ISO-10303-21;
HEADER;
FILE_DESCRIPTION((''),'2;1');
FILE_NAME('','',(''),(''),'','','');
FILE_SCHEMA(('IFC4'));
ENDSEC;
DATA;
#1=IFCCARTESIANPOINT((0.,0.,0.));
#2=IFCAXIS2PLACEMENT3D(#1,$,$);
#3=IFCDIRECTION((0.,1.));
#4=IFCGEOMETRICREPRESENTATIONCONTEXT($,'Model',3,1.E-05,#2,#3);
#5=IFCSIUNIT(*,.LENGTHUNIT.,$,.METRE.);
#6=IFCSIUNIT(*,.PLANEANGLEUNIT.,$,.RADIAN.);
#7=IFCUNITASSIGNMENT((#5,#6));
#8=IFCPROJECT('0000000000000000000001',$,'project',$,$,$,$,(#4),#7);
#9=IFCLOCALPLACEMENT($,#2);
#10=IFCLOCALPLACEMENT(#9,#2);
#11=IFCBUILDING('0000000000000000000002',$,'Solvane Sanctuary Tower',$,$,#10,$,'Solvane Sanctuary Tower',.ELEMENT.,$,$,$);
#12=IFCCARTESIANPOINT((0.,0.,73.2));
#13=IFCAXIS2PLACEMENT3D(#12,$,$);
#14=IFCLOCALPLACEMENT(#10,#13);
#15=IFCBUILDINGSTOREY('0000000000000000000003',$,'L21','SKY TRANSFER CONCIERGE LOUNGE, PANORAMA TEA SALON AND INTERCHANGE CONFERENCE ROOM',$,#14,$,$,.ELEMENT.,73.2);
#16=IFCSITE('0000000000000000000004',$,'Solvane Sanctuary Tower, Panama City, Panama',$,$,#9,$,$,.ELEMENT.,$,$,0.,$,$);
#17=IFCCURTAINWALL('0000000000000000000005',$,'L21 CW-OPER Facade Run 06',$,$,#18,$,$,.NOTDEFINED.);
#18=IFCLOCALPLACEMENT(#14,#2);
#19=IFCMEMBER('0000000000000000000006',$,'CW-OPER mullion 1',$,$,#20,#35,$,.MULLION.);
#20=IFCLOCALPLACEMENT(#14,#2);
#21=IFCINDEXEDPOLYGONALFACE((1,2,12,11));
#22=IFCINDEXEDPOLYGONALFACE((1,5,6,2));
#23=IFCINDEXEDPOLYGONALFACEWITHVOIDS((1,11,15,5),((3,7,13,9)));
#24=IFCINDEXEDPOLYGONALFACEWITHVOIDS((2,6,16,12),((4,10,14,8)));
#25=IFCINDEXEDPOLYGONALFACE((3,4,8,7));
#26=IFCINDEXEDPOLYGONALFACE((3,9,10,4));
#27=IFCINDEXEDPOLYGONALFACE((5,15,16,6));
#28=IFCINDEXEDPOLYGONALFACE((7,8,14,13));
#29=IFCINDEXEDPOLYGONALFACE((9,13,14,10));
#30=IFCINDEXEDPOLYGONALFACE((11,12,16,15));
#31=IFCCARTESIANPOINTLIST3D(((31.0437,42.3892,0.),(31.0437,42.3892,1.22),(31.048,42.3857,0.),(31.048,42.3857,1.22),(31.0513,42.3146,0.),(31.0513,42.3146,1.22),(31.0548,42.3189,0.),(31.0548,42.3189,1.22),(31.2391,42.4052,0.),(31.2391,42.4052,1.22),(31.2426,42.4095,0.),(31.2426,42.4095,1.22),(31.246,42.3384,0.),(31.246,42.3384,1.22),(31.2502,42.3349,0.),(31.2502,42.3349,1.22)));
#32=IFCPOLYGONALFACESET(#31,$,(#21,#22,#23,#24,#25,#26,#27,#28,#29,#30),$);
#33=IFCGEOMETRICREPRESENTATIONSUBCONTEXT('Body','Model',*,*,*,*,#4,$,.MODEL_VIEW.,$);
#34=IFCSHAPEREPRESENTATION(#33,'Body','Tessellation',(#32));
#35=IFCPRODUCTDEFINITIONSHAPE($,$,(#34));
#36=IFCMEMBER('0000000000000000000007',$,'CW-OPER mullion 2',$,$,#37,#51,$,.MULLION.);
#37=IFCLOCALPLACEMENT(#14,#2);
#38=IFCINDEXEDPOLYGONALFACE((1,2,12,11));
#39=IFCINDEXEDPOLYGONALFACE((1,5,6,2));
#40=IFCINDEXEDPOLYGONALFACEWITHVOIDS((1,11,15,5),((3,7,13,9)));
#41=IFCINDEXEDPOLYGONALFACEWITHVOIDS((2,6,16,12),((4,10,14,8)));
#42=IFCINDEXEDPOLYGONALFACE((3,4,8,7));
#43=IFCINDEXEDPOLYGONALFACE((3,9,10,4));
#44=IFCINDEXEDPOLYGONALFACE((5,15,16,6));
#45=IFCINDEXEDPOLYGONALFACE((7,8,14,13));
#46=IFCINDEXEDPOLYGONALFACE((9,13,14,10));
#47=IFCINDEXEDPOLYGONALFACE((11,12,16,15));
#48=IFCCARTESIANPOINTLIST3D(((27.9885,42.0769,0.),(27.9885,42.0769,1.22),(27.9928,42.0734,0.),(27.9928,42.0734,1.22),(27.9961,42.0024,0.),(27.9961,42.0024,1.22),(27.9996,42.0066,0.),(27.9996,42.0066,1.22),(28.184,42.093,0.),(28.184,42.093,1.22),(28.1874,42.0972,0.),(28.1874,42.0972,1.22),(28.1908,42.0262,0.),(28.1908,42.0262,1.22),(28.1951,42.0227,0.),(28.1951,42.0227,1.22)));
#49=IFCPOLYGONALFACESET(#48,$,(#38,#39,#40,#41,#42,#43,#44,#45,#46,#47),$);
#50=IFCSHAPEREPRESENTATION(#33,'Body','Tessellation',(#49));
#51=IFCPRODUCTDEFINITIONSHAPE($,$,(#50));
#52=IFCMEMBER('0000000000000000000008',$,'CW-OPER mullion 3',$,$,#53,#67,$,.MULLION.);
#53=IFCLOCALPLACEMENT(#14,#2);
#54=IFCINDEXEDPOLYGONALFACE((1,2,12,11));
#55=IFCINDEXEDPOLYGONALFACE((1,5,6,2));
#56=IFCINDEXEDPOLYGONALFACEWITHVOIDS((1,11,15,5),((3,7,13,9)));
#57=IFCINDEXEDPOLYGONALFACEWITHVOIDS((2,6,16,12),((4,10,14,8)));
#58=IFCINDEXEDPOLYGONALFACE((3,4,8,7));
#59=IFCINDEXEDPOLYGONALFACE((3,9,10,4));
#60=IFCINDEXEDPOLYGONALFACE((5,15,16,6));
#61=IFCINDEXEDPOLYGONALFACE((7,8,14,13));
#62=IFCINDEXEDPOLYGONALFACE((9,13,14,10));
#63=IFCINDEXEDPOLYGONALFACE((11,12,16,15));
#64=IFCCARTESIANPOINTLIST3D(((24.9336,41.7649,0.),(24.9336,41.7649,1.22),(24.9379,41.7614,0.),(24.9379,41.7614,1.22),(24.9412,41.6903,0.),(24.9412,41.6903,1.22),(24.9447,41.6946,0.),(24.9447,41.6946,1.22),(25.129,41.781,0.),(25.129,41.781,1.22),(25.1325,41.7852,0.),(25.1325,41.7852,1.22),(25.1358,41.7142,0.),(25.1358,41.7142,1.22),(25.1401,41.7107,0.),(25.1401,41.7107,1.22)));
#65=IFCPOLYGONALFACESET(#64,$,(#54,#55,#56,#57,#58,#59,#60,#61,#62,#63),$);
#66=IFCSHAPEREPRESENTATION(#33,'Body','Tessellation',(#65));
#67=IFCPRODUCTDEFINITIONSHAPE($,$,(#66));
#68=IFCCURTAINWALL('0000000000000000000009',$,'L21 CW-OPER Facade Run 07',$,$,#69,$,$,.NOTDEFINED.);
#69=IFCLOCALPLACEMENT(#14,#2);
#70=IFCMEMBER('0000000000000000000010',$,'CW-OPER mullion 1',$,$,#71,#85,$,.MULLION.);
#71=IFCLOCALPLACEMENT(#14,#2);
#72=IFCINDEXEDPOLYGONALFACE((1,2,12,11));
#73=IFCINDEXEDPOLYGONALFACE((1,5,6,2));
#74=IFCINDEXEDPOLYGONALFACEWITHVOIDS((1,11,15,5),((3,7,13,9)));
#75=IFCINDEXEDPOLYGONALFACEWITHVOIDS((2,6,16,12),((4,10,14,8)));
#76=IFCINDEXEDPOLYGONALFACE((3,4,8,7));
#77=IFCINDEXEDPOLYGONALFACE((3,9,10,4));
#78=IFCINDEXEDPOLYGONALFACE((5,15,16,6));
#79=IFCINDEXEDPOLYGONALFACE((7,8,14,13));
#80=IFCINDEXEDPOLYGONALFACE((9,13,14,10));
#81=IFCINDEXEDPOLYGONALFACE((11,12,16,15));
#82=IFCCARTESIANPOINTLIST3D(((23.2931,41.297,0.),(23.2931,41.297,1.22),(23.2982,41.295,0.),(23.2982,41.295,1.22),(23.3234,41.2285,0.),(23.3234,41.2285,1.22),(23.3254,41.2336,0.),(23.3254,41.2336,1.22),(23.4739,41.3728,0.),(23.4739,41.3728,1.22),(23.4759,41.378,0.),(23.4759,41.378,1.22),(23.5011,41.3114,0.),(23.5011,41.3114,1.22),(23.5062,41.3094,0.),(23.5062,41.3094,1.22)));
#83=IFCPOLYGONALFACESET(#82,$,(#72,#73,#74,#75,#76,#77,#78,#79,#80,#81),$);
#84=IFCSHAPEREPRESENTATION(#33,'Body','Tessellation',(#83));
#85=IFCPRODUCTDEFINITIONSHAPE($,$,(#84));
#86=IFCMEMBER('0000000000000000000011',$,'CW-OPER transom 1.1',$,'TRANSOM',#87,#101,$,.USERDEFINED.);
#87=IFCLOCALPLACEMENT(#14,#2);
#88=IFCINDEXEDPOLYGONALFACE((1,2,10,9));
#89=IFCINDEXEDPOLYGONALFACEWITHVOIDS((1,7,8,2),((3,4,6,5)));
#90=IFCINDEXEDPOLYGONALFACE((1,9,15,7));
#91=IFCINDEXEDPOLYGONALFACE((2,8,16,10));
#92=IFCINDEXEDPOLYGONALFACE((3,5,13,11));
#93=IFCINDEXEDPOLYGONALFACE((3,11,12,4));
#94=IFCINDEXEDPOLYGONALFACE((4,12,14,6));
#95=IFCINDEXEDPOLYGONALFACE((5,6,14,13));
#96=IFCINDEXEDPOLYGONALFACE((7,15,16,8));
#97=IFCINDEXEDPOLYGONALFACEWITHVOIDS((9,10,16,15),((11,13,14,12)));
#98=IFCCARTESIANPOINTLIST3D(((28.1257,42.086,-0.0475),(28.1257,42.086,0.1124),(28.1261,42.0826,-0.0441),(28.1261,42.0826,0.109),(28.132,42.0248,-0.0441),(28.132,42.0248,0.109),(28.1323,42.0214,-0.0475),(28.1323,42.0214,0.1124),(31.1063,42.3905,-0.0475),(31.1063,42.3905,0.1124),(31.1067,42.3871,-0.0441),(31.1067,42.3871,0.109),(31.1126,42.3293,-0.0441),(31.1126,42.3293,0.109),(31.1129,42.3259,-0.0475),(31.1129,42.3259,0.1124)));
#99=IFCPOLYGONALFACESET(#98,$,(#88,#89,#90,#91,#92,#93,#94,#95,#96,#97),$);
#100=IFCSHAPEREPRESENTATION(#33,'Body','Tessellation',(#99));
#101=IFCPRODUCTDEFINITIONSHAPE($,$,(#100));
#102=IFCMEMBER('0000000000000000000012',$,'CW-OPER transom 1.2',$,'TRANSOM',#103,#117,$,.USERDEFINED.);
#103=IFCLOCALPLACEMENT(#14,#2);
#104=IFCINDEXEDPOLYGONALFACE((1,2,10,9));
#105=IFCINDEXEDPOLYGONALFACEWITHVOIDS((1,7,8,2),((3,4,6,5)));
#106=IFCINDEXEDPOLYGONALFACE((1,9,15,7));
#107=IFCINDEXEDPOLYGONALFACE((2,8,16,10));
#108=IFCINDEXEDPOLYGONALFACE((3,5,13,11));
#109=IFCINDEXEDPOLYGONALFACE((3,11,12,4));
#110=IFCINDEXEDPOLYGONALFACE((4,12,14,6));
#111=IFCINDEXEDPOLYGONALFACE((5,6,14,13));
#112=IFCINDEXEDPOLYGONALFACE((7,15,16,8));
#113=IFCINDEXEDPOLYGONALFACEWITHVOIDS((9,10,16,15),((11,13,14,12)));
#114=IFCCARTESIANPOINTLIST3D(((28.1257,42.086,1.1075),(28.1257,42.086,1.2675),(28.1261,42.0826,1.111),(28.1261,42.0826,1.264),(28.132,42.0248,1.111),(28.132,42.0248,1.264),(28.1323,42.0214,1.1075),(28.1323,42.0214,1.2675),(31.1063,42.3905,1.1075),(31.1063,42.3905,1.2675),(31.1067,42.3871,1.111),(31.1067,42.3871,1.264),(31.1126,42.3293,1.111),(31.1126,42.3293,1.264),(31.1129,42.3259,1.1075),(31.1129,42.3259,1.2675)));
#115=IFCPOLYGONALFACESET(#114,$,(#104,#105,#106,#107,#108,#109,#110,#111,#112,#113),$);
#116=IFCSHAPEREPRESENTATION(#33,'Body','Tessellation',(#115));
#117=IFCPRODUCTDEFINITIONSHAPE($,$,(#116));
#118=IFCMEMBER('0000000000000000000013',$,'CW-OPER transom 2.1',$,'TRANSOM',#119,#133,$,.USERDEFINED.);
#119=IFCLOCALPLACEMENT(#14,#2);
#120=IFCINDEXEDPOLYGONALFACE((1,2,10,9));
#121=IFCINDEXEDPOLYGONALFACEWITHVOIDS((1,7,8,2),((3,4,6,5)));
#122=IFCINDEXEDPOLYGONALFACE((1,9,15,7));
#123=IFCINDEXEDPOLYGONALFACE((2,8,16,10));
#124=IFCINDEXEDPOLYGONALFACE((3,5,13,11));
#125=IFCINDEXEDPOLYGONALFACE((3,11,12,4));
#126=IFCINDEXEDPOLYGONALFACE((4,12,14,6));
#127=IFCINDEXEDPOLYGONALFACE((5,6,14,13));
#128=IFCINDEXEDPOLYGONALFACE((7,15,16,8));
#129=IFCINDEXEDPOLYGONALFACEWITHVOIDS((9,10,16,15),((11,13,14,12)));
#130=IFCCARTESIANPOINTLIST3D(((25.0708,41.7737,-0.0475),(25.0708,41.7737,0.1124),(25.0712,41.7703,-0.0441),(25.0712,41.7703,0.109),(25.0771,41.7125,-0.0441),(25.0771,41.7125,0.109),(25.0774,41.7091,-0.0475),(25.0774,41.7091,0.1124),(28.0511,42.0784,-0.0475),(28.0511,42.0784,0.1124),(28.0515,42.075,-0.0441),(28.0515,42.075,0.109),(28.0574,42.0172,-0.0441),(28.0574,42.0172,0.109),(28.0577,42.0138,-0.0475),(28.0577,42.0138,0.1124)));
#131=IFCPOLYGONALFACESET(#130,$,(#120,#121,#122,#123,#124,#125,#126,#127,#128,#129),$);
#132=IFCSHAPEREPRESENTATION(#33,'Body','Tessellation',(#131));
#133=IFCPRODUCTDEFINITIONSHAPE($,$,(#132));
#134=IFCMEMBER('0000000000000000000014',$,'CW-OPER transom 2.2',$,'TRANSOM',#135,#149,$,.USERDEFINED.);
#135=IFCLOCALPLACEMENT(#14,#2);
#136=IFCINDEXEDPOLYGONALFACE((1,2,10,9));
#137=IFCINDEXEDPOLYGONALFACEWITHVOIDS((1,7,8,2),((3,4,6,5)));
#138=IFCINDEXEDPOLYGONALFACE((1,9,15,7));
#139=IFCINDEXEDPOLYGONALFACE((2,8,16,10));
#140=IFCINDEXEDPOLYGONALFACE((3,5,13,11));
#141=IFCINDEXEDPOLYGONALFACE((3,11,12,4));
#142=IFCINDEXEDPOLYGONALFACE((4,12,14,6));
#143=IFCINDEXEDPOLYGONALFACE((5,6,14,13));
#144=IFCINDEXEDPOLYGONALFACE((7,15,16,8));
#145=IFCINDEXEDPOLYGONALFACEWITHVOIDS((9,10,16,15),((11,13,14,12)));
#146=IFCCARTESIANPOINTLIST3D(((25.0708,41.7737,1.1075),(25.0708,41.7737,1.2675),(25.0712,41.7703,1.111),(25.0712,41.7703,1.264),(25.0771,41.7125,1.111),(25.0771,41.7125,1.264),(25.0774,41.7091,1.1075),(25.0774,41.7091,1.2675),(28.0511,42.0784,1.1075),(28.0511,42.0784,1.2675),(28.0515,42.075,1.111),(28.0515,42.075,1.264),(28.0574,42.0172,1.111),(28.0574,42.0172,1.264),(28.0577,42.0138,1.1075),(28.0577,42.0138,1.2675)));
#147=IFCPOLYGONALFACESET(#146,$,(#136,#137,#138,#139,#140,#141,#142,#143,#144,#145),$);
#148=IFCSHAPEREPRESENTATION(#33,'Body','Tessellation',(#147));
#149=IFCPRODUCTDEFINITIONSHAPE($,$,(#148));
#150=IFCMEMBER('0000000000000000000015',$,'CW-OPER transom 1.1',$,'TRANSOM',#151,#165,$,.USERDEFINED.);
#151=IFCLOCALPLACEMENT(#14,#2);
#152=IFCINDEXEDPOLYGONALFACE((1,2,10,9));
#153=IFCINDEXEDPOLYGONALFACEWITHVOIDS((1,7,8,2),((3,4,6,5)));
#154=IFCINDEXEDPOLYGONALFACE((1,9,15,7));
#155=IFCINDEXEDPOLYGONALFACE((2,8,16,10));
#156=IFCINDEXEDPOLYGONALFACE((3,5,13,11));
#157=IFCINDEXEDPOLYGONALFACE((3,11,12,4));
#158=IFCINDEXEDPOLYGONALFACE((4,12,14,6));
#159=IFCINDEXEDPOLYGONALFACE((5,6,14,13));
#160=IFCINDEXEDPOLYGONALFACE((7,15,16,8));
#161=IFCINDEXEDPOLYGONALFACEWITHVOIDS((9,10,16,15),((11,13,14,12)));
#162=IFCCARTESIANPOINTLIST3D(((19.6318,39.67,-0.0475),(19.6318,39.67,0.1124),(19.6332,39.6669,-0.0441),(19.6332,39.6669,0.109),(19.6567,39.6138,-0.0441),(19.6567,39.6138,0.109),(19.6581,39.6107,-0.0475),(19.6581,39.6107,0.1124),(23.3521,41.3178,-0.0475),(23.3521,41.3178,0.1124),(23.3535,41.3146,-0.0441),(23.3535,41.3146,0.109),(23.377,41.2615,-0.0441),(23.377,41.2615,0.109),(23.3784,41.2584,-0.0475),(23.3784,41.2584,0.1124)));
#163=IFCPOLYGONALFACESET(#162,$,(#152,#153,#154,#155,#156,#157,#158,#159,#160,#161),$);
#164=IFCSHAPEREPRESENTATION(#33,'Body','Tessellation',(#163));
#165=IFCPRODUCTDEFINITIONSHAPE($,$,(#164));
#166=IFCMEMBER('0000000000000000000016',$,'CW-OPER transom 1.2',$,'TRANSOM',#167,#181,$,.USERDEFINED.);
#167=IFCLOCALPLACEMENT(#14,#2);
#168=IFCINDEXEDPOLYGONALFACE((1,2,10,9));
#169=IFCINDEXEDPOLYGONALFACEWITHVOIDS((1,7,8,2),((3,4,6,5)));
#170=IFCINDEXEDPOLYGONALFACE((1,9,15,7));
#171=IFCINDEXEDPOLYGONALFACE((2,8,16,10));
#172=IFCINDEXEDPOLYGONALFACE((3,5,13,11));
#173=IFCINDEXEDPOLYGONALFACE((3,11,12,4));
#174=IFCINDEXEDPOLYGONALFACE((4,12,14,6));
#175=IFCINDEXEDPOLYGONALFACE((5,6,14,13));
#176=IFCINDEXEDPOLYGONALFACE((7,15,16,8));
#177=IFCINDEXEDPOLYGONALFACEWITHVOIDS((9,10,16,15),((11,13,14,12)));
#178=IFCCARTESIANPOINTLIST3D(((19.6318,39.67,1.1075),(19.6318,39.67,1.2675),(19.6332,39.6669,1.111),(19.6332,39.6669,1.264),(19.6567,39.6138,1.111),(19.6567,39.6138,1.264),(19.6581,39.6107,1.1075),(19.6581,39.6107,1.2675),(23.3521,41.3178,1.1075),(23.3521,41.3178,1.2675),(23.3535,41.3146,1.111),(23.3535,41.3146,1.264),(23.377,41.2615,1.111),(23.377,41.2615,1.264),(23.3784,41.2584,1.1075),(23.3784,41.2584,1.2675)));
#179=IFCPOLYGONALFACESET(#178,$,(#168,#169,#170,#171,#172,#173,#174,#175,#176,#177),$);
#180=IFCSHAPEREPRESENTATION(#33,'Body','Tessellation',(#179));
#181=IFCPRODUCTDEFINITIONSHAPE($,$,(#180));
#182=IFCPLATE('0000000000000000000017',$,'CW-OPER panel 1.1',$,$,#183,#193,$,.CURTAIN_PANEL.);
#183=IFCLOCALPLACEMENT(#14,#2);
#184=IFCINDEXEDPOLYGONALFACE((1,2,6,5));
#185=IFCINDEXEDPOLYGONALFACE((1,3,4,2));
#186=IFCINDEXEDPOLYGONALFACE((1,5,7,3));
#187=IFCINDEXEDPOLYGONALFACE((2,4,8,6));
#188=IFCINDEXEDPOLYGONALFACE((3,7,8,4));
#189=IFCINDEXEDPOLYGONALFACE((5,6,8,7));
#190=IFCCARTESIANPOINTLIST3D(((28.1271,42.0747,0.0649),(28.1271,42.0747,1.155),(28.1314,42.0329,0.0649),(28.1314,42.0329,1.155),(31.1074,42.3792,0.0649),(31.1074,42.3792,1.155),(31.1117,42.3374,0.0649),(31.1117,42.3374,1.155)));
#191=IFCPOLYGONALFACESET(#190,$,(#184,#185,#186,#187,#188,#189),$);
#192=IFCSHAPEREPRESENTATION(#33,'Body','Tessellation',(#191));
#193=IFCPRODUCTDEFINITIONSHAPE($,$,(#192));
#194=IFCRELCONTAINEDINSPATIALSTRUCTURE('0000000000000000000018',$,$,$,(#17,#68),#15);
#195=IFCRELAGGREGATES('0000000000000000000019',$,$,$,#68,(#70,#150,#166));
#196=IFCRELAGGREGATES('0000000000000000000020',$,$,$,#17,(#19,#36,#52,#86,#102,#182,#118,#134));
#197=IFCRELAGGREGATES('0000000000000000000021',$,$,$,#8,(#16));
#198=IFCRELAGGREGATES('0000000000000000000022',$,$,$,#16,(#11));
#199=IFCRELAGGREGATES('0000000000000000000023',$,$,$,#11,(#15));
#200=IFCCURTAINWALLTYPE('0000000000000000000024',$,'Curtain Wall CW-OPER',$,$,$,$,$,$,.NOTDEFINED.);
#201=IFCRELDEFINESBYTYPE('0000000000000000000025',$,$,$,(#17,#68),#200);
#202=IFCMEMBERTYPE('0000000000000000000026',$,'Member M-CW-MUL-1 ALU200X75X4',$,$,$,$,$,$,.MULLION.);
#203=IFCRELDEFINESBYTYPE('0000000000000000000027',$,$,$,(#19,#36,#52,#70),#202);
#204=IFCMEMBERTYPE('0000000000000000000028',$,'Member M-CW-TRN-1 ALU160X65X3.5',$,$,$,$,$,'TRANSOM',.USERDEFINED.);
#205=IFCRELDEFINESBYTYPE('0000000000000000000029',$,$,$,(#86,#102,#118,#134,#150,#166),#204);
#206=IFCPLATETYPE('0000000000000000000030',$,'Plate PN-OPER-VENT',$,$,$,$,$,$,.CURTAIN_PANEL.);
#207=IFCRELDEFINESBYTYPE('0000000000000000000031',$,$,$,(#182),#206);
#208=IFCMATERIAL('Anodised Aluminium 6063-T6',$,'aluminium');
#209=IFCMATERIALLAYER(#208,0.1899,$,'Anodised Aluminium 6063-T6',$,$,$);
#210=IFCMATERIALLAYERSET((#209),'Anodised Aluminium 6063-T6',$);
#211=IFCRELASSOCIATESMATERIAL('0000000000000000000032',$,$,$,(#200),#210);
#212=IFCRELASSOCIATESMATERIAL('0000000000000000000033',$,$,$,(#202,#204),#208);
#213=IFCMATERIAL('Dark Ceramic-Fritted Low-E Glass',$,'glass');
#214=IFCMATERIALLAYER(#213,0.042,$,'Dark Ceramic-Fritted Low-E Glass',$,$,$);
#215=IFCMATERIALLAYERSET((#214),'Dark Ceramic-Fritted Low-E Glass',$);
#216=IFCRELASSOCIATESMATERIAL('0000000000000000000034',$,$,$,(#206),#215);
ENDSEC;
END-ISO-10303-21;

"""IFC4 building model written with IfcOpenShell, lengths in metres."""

from ifc_helpers import new_model, si_unit, direction, frame, origin, origin_2d, place, context, subcontext, project, spatial, rectangle, hollow_rectangle, extrude, material, layer, layer_set, material_profile, profile_set, type_object, element, aggregate, save


model = new_model("IFC4")

# Units and contexts
model_context = context("Model", 3, precision=1e-05, world=origin(), true_north=direction((0.0, 1.0)))
body_context = subcontext(model_context, "Body", "Model", "MODEL_VIEW")
ifc_project = project(units=[si_unit("LENGTHUNIT", "METRE"), si_unit("PLANEANGLEUNIT", "RADIAN")], contexts=[model_context])

# Site, building, storey
site_placement = place(None, origin())
site = spatial("IfcSite", under=ifc_project, at=site_placement, Name="Solvane Sanctuary Tower, Panama City, Panama", CompositionType="ELEMENT", RefElevation=0.0)
building_placement = place(site_placement, origin())
building = spatial("IfcBuilding", under=site, at=building_placement, Name="Solvane Sanctuary Tower", LongName="Solvane Sanctuary Tower", CompositionType="ELEMENT")
storey_placement = place(building_placement, frame((0.0, 0.0, 73.2)))
storey = spatial("IfcBuildingStorey", under=building, at=storey_placement, Name="L21", Description="SKY TRANSFER CONCIERGE LOUNGE, PANORAMA TEA SALON AND INTERCHANGE CONFERENCE ROOM", CompositionType="ELEMENT", Elevation=73.2)

# Curtain wall, members
ifc_material_1 = material(Name="Anodised Aluminium 6063-T6", Category="aluminium")
ifc_layer_1 = layer(ifc_material_1, 0.1899, Name="Anodised Aluminium 6063-T6")
ifc_layer_set_1 = layer_set([ifc_layer_1], Name="Anodised Aluminium 6063-T6")
curtain_wall_type = type_object("IfcCurtainWallType", Name="Curtain Wall CW-OPER", PredefinedType="NOTDEFINED", material=ifc_layer_set_1)
curtain_wall_1_placement = place(storey_placement, origin())
curtain_wall_1 = element("IfcCurtainWall", 1, at=curtain_wall_1_placement, inside=storey, type_object=curtain_wall_type, Name="L21 CW-OPER Facade Run 06", PredefinedType="NOTDEFINED")
ifc_material_profile_1 = material_profile(ifc_material_1, hollow_rectangle(XDim=0.075, YDim=0.2, WallThickness=0.0039, at=origin_2d()), Name="ALU200X75X4")
ifc_profile_set_1 = profile_set([ifc_material_profile_1], Name="Anodised Aluminium 6063-T6")
member_type_1 = type_object("IfcMemberType", Name="Member M-CW-MUL-1 ALU200X75X4", PredefinedType="MULLION", material=ifc_profile_set_1)
member_1_placement = place(storey_placement, frame((31.147, 42.3621, 0.0), z_axis=(0.0, 0.0, 1.0), x_axis=(0.101658, -0.994819, 0.0)))
member_1 = element("IfcMember", 2, at=member_1_placement, type_object=member_type_1, Name="CW-OPER mullion 1", PredefinedType="MULLION", context=body_context, shape_type="SweptSolid", body=[
    extrude(hollow_rectangle(XDim=0.075, YDim=0.2, WallThickness=0.0039, at=origin_2d()), origin(), (0.0, 0.0, 1.0), 1.22),
])
member_2_placement = place(storey_placement, frame((28.0918, 42.0498, 0.0), z_axis=(0.0, 0.0, 1.0), x_axis=(0.101658, -0.994819, 0.0)))
member_2 = element("IfcMember", 3, at=member_2_placement, type_object=member_type_1, Name="CW-OPER mullion 2", PredefinedType="MULLION", context=body_context, shape_type="SweptSolid", body=[
    extrude(hollow_rectangle(XDim=0.075, YDim=0.2, WallThickness=0.0039, at=origin_2d()), origin(), (0.0, 0.0, 1.0), 1.22),
])
member_3_placement = place(storey_placement, frame((25.0369, 41.7378, 0.0), z_axis=(0.0, 0.0, 1.0), x_axis=(0.101658, -0.994819, 0.0)))
member_3 = element("IfcMember", 4, at=member_3_placement, type_object=member_type_1, Name="CW-OPER mullion 3", PredefinedType="MULLION", context=body_context, shape_type="SweptSolid", body=[
    extrude(hollow_rectangle(XDim=0.075, YDim=0.2, WallThickness=0.0039, at=origin_2d()), origin(), (0.0, 0.0, 1.0), 1.22),
])

# Curtain wall, member
curtain_wall_2_placement = place(storey_placement, origin())
curtain_wall_2 = element("IfcCurtainWall", 5, at=curtain_wall_2_placement, inside=storey, type_object=curtain_wall_type, Name="L21 CW-OPER Facade Run 07", PredefinedType="NOTDEFINED")
member_4_placement = place(storey_placement, frame((23.3997, 41.3032, 0.0), z_axis=(0.0, 0.0, 1.0), x_axis=(0.404951, -0.914339, 0.0)))
member_4 = element("IfcMember", 6, at=member_4_placement, type_object=member_type_1, Name="CW-OPER mullion 1", PredefinedType="MULLION", context=body_context, shape_type="SweptSolid", body=[
    extrude(hollow_rectangle(XDim=0.075, YDim=0.2, WallThickness=0.0039, at=origin_2d()), origin(), (0.0, 0.0, 1.0), 1.22),
])

# Members
ifc_material_profile_2 = material_profile(ifc_material_1, hollow_rectangle(XDim=0.0649, YDim=0.1599, WallThickness=0.0034, at=origin_2d()), Name="ALU160X65X3.5")
ifc_profile_set_2 = profile_set([ifc_material_profile_2], Name="Anodised Aluminium 6063-T6")
member_type_2 = type_object("IfcMemberType", Name="Member M-CW-TRN-1 ALU160X65X3.5", ElementType="TRANSOM", PredefinedType="USERDEFINED", material=ifc_profile_set_2)
member_5_placement = place(storey_placement, frame((31.1096, 42.3582, 0.0325), z_axis=(-0.994824, -0.101617, 0.0), x_axis=(0.101617, -0.994824, 0.0)))
member_5 = element("IfcMember", 7, at=member_5_placement, type_object=member_type_2, Name="CW-OPER transom 1.1", ObjectType="TRANSOM", PredefinedType="USERDEFINED", context=body_context, shape_type="SweptSolid", body=[
    extrude(hollow_rectangle(XDim=0.0649, YDim=0.1599, WallThickness=0.0034, at=origin_2d()), origin(), (0.0, 0.0, 1.0), 2.9961),
])
member_6_placement = place(storey_placement, frame((31.1096, 42.3582, 1.1875), z_axis=(-0.994824, -0.101617, 0.0), x_axis=(0.101617, -0.994824, 0.0)))
member_6 = element("IfcMember", 8, at=member_6_placement, type_object=member_type_2, Name="CW-OPER transom 1.2", ObjectType="TRANSOM", PredefinedType="USERDEFINED", context=body_context, shape_type="SweptSolid", body=[
    extrude(hollow_rectangle(XDim=0.0649, YDim=0.1599, WallThickness=0.0034, at=origin_2d()), origin(), (0.0, 0.0, 1.0), 2.9961),
])
member_7_placement = place(storey_placement, frame((28.0544, 42.0461, 0.0325), z_axis=(-0.994814, -0.101706, 0.0), x_axis=(0.101706, -0.994814, 0.0)))
member_7 = element("IfcMember", 9, at=member_7_placement, type_object=member_type_2, Name="CW-OPER transom 2.1", ObjectType="TRANSOM", PredefinedType="USERDEFINED", context=body_context, shape_type="SweptSolid", body=[
    extrude(hollow_rectangle(XDim=0.0649, YDim=0.1599, WallThickness=0.0034, at=origin_2d()), origin(), (0.0, 0.0, 1.0), 2.9958),
])
member_8_placement = place(storey_placement, frame((28.0544, 42.0461, 1.1875), z_axis=(-0.994814, -0.101706, 0.0), x_axis=(0.101706, -0.994814, 0.0)))
member_8 = element("IfcMember", 10, at=member_8_placement, type_object=member_type_2, Name="CW-OPER transom 2.2", ObjectType="TRANSOM", PredefinedType="USERDEFINED", context=body_context, shape_type="SweptSolid", body=[
    extrude(hollow_rectangle(XDim=0.0649, YDim=0.1599, WallThickness=0.0034, at=origin_2d()), origin(), (0.0, 0.0, 1.0), 2.9958),
])
member_9_placement = place(storey_placement, frame((23.3652, 41.2881, 0.0325), z_axis=(-0.914333, -0.404963, 0.0), x_axis=(0.404963, -0.914333, 0.0)))
member_9 = element("IfcMember", 11, at=member_9_placement, type_object=member_type_2, Name="CW-OPER transom 1.1", ObjectType="TRANSOM", PredefinedType="USERDEFINED", context=body_context, shape_type="SweptSolid", body=[
    extrude(hollow_rectangle(XDim=0.0649, YDim=0.1599, WallThickness=0.0034, at=origin_2d()), origin(), (0.0, 0.0, 1.0), 4.0688),
])
member_10_placement = place(storey_placement, frame((23.3652, 41.2881, 1.1875), z_axis=(-0.914333, -0.404963, 0.0), x_axis=(0.404963, -0.914333, 0.0)))
member_10 = element("IfcMember", 12, at=member_10_placement, type_object=member_type_2, Name="CW-OPER transom 1.2", ObjectType="TRANSOM", PredefinedType="USERDEFINED", context=body_context, shape_type="SweptSolid", body=[
    extrude(hollow_rectangle(XDim=0.0649, YDim=0.1599, WallThickness=0.0034, at=origin_2d()), origin(), (0.0, 0.0, 1.0), 4.0688),
])
aggregate(curtain_wall_2, [member_4, member_9, member_10])

# Plate
ifc_material_2 = material(Name="Dark Ceramic-Fritted Low-E Glass", Category="glass")
ifc_layer_2 = layer(ifc_material_2, 0.042, Name="Dark Ceramic-Fritted Low-E Glass")
ifc_layer_set_2 = layer_set([ifc_layer_2], Name="Dark Ceramic-Fritted Low-E Glass")
plate_type = type_object("IfcPlateType", Name="Plate PN-OPER-VENT", PredefinedType="CURTAIN_PANEL", material=ifc_layer_set_2)
plate_1_placement = place(storey_placement, frame((29.6194, 42.2061, 0.0649), z_axis=(0.0, 0.0, 1.0), x_axis=(-0.994819, -0.101658, 0.0)))
plate_1 = element("IfcPlate", 13, at=plate_1_placement, type_object=plate_type, Name="CW-OPER panel 1.1", PredefinedType="CURTAIN_PANEL", context=body_context, shape_type="SweptSolid", body=[
    extrude(rectangle(XDim=2.9958, YDim=0.042, at=origin_2d()), origin(), (0.0, 0.0, 1.0), 1.0901),
])
aggregate(curtain_wall_1, [member_1, member_2, member_3, member_5, member_6, plate_1, member_7, member_8])

save(model, "model.ifc")
